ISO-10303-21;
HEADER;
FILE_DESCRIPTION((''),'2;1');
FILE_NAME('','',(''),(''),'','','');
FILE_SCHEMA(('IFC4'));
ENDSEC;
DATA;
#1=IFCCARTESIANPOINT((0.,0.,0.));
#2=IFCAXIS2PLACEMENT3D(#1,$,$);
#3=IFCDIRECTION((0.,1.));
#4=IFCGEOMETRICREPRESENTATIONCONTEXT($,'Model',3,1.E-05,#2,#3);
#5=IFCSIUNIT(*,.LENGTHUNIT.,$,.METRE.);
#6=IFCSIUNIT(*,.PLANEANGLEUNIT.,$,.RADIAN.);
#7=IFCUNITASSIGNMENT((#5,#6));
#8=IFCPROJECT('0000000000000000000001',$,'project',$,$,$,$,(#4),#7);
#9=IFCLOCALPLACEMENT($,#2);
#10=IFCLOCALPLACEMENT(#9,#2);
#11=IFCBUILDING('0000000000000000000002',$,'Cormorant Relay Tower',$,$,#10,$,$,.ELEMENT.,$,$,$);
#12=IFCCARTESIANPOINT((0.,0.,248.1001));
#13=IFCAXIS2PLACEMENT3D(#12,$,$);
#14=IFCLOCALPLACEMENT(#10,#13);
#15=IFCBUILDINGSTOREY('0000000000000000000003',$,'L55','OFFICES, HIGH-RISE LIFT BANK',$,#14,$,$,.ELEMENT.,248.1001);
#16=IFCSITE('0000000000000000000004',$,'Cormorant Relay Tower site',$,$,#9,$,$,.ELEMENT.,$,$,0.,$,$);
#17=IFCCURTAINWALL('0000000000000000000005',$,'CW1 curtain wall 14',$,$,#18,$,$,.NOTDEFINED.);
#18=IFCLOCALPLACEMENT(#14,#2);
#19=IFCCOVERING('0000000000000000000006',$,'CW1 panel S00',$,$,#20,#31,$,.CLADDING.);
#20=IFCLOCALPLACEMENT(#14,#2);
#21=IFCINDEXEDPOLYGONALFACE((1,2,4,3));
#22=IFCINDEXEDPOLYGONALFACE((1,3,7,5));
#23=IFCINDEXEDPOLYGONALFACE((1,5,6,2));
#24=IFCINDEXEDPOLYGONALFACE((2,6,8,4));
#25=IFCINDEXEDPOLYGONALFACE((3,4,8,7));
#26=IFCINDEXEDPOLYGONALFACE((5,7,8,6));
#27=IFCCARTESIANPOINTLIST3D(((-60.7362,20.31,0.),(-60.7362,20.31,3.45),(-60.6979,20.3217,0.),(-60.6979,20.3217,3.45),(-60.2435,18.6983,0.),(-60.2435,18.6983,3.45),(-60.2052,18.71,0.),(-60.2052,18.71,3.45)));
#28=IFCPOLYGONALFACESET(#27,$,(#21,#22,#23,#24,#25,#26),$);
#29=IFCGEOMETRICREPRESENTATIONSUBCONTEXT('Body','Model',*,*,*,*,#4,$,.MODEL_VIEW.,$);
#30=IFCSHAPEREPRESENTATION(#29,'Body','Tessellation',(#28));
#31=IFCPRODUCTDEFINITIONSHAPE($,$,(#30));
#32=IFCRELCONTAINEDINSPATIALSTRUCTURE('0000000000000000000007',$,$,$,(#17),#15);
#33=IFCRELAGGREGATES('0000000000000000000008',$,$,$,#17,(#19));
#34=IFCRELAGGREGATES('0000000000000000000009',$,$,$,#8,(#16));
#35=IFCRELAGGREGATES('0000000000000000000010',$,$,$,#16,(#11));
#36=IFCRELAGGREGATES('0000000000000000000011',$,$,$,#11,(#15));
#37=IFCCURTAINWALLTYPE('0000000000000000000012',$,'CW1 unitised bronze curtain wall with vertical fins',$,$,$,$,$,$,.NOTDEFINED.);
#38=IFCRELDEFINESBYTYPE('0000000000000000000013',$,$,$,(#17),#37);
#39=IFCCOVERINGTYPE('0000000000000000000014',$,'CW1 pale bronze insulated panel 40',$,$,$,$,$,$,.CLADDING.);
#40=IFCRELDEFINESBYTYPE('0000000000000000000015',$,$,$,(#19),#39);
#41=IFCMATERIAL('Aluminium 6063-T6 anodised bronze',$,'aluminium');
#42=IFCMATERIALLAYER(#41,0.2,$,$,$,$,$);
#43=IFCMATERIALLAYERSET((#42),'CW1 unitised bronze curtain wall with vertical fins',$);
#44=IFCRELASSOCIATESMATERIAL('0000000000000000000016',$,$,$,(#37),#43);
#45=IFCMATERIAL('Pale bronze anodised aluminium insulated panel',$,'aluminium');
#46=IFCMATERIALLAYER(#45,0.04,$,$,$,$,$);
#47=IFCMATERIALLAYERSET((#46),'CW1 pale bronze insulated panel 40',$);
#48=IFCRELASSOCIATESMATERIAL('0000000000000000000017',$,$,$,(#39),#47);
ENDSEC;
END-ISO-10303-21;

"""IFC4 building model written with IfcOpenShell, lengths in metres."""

from ifc_helpers import new_model, si_unit, direction, frame, origin, origin_2d, place, context, subcontext, project, spatial, rectangle, extrude, material, layer, layer_set, type_object, element, aggregate, save


model = new_model("IFC4")

# Units and contexts
model_context = context("Model", 3, precision=1e-05, world=origin(), true_north=direction((0.0, 1.0)))
body_context = subcontext(model_context, "Body", "Model", "MODEL_VIEW")
ifc_project = project(units=[si_unit("LENGTHUNIT", "METRE"), si_unit("PLANEANGLEUNIT", "RADIAN")], contexts=[model_context])

# Site, building, storey
site_placement = place(None, origin())
site = spatial("IfcSite", under=ifc_project, at=site_placement, Name="Cormorant Relay Tower site", CompositionType="ELEMENT", RefElevation=0.0)
building_placement = place(site_placement, origin())
building = spatial("IfcBuilding", under=site, at=building_placement, Name="Cormorant Relay Tower", CompositionType="ELEMENT")
storey_placement = place(building_placement, frame((0.0, 0.0, 248.1001)))
storey = spatial("IfcBuildingStorey", under=building, at=storey_placement, Name="L55", Description="OFFICES, HIGH-RISE LIFT BANK", CompositionType="ELEMENT", Elevation=248.1001)

# Shared definitions
ifc_material_1 = material(Name="Aluminium 6063-T6 anodised bronze", Category="aluminium")
ifc_layer_1 = layer(ifc_material_1, 0.2)
ifc_layer_set_1 = layer_set([ifc_layer_1], Name="CW1 unitised bronze curtain wall with vertical fins")
curtain_wall_type = type_object("IfcCurtainWallType", Name="CW1 unitised bronze curtain wall with vertical fins", PredefinedType="NOTDEFINED", material=ifc_layer_set_1)

# Curtain wall
curtain_wall_1_placement = place(storey_placement, origin())
curtain_wall_1 = element("IfcCurtainWall", 1, at=curtain_wall_1_placement, inside=storey, type_object=curtain_wall_type, Name="CW1 curtain wall 14", PredefinedType="NOTDEFINED")

# Covering
ifc_material_2 = material(Name="Pale bronze anodised aluminium insulated panel", Category="aluminium")
ifc_layer_2 = layer(ifc_material_2, 0.04)
ifc_layer_set_2 = layer_set([ifc_layer_2], Name="CW1 pale bronze insulated panel 40")
covering_type = type_object("IfcCoveringType", Name="CW1 pale bronze insulated panel 40", PredefinedType="CLADDING", material=ifc_layer_set_2)
covering_1_placement = place(storey_placement, frame((-60.4707, 19.51, 0.0), z_axis=(0.0, 0.0, 1.0), x_axis=(0.292372, -0.956305, 0.0)))
covering_1 = element("IfcCovering", 2, at=covering_1_placement, type_object=covering_type, Name="CW1 panel S00", PredefinedType="CLADDING", context=body_context, shape_type="SweptSolid", body=[
    extrude(rectangle(XDim=1.6853, YDim=0.04, at=origin_2d()), origin(), (0.0, 0.0, 1.0), 3.45),
])
aggregate(curtain_wall_1, [covering_1])

save(model, "model.ifc")
